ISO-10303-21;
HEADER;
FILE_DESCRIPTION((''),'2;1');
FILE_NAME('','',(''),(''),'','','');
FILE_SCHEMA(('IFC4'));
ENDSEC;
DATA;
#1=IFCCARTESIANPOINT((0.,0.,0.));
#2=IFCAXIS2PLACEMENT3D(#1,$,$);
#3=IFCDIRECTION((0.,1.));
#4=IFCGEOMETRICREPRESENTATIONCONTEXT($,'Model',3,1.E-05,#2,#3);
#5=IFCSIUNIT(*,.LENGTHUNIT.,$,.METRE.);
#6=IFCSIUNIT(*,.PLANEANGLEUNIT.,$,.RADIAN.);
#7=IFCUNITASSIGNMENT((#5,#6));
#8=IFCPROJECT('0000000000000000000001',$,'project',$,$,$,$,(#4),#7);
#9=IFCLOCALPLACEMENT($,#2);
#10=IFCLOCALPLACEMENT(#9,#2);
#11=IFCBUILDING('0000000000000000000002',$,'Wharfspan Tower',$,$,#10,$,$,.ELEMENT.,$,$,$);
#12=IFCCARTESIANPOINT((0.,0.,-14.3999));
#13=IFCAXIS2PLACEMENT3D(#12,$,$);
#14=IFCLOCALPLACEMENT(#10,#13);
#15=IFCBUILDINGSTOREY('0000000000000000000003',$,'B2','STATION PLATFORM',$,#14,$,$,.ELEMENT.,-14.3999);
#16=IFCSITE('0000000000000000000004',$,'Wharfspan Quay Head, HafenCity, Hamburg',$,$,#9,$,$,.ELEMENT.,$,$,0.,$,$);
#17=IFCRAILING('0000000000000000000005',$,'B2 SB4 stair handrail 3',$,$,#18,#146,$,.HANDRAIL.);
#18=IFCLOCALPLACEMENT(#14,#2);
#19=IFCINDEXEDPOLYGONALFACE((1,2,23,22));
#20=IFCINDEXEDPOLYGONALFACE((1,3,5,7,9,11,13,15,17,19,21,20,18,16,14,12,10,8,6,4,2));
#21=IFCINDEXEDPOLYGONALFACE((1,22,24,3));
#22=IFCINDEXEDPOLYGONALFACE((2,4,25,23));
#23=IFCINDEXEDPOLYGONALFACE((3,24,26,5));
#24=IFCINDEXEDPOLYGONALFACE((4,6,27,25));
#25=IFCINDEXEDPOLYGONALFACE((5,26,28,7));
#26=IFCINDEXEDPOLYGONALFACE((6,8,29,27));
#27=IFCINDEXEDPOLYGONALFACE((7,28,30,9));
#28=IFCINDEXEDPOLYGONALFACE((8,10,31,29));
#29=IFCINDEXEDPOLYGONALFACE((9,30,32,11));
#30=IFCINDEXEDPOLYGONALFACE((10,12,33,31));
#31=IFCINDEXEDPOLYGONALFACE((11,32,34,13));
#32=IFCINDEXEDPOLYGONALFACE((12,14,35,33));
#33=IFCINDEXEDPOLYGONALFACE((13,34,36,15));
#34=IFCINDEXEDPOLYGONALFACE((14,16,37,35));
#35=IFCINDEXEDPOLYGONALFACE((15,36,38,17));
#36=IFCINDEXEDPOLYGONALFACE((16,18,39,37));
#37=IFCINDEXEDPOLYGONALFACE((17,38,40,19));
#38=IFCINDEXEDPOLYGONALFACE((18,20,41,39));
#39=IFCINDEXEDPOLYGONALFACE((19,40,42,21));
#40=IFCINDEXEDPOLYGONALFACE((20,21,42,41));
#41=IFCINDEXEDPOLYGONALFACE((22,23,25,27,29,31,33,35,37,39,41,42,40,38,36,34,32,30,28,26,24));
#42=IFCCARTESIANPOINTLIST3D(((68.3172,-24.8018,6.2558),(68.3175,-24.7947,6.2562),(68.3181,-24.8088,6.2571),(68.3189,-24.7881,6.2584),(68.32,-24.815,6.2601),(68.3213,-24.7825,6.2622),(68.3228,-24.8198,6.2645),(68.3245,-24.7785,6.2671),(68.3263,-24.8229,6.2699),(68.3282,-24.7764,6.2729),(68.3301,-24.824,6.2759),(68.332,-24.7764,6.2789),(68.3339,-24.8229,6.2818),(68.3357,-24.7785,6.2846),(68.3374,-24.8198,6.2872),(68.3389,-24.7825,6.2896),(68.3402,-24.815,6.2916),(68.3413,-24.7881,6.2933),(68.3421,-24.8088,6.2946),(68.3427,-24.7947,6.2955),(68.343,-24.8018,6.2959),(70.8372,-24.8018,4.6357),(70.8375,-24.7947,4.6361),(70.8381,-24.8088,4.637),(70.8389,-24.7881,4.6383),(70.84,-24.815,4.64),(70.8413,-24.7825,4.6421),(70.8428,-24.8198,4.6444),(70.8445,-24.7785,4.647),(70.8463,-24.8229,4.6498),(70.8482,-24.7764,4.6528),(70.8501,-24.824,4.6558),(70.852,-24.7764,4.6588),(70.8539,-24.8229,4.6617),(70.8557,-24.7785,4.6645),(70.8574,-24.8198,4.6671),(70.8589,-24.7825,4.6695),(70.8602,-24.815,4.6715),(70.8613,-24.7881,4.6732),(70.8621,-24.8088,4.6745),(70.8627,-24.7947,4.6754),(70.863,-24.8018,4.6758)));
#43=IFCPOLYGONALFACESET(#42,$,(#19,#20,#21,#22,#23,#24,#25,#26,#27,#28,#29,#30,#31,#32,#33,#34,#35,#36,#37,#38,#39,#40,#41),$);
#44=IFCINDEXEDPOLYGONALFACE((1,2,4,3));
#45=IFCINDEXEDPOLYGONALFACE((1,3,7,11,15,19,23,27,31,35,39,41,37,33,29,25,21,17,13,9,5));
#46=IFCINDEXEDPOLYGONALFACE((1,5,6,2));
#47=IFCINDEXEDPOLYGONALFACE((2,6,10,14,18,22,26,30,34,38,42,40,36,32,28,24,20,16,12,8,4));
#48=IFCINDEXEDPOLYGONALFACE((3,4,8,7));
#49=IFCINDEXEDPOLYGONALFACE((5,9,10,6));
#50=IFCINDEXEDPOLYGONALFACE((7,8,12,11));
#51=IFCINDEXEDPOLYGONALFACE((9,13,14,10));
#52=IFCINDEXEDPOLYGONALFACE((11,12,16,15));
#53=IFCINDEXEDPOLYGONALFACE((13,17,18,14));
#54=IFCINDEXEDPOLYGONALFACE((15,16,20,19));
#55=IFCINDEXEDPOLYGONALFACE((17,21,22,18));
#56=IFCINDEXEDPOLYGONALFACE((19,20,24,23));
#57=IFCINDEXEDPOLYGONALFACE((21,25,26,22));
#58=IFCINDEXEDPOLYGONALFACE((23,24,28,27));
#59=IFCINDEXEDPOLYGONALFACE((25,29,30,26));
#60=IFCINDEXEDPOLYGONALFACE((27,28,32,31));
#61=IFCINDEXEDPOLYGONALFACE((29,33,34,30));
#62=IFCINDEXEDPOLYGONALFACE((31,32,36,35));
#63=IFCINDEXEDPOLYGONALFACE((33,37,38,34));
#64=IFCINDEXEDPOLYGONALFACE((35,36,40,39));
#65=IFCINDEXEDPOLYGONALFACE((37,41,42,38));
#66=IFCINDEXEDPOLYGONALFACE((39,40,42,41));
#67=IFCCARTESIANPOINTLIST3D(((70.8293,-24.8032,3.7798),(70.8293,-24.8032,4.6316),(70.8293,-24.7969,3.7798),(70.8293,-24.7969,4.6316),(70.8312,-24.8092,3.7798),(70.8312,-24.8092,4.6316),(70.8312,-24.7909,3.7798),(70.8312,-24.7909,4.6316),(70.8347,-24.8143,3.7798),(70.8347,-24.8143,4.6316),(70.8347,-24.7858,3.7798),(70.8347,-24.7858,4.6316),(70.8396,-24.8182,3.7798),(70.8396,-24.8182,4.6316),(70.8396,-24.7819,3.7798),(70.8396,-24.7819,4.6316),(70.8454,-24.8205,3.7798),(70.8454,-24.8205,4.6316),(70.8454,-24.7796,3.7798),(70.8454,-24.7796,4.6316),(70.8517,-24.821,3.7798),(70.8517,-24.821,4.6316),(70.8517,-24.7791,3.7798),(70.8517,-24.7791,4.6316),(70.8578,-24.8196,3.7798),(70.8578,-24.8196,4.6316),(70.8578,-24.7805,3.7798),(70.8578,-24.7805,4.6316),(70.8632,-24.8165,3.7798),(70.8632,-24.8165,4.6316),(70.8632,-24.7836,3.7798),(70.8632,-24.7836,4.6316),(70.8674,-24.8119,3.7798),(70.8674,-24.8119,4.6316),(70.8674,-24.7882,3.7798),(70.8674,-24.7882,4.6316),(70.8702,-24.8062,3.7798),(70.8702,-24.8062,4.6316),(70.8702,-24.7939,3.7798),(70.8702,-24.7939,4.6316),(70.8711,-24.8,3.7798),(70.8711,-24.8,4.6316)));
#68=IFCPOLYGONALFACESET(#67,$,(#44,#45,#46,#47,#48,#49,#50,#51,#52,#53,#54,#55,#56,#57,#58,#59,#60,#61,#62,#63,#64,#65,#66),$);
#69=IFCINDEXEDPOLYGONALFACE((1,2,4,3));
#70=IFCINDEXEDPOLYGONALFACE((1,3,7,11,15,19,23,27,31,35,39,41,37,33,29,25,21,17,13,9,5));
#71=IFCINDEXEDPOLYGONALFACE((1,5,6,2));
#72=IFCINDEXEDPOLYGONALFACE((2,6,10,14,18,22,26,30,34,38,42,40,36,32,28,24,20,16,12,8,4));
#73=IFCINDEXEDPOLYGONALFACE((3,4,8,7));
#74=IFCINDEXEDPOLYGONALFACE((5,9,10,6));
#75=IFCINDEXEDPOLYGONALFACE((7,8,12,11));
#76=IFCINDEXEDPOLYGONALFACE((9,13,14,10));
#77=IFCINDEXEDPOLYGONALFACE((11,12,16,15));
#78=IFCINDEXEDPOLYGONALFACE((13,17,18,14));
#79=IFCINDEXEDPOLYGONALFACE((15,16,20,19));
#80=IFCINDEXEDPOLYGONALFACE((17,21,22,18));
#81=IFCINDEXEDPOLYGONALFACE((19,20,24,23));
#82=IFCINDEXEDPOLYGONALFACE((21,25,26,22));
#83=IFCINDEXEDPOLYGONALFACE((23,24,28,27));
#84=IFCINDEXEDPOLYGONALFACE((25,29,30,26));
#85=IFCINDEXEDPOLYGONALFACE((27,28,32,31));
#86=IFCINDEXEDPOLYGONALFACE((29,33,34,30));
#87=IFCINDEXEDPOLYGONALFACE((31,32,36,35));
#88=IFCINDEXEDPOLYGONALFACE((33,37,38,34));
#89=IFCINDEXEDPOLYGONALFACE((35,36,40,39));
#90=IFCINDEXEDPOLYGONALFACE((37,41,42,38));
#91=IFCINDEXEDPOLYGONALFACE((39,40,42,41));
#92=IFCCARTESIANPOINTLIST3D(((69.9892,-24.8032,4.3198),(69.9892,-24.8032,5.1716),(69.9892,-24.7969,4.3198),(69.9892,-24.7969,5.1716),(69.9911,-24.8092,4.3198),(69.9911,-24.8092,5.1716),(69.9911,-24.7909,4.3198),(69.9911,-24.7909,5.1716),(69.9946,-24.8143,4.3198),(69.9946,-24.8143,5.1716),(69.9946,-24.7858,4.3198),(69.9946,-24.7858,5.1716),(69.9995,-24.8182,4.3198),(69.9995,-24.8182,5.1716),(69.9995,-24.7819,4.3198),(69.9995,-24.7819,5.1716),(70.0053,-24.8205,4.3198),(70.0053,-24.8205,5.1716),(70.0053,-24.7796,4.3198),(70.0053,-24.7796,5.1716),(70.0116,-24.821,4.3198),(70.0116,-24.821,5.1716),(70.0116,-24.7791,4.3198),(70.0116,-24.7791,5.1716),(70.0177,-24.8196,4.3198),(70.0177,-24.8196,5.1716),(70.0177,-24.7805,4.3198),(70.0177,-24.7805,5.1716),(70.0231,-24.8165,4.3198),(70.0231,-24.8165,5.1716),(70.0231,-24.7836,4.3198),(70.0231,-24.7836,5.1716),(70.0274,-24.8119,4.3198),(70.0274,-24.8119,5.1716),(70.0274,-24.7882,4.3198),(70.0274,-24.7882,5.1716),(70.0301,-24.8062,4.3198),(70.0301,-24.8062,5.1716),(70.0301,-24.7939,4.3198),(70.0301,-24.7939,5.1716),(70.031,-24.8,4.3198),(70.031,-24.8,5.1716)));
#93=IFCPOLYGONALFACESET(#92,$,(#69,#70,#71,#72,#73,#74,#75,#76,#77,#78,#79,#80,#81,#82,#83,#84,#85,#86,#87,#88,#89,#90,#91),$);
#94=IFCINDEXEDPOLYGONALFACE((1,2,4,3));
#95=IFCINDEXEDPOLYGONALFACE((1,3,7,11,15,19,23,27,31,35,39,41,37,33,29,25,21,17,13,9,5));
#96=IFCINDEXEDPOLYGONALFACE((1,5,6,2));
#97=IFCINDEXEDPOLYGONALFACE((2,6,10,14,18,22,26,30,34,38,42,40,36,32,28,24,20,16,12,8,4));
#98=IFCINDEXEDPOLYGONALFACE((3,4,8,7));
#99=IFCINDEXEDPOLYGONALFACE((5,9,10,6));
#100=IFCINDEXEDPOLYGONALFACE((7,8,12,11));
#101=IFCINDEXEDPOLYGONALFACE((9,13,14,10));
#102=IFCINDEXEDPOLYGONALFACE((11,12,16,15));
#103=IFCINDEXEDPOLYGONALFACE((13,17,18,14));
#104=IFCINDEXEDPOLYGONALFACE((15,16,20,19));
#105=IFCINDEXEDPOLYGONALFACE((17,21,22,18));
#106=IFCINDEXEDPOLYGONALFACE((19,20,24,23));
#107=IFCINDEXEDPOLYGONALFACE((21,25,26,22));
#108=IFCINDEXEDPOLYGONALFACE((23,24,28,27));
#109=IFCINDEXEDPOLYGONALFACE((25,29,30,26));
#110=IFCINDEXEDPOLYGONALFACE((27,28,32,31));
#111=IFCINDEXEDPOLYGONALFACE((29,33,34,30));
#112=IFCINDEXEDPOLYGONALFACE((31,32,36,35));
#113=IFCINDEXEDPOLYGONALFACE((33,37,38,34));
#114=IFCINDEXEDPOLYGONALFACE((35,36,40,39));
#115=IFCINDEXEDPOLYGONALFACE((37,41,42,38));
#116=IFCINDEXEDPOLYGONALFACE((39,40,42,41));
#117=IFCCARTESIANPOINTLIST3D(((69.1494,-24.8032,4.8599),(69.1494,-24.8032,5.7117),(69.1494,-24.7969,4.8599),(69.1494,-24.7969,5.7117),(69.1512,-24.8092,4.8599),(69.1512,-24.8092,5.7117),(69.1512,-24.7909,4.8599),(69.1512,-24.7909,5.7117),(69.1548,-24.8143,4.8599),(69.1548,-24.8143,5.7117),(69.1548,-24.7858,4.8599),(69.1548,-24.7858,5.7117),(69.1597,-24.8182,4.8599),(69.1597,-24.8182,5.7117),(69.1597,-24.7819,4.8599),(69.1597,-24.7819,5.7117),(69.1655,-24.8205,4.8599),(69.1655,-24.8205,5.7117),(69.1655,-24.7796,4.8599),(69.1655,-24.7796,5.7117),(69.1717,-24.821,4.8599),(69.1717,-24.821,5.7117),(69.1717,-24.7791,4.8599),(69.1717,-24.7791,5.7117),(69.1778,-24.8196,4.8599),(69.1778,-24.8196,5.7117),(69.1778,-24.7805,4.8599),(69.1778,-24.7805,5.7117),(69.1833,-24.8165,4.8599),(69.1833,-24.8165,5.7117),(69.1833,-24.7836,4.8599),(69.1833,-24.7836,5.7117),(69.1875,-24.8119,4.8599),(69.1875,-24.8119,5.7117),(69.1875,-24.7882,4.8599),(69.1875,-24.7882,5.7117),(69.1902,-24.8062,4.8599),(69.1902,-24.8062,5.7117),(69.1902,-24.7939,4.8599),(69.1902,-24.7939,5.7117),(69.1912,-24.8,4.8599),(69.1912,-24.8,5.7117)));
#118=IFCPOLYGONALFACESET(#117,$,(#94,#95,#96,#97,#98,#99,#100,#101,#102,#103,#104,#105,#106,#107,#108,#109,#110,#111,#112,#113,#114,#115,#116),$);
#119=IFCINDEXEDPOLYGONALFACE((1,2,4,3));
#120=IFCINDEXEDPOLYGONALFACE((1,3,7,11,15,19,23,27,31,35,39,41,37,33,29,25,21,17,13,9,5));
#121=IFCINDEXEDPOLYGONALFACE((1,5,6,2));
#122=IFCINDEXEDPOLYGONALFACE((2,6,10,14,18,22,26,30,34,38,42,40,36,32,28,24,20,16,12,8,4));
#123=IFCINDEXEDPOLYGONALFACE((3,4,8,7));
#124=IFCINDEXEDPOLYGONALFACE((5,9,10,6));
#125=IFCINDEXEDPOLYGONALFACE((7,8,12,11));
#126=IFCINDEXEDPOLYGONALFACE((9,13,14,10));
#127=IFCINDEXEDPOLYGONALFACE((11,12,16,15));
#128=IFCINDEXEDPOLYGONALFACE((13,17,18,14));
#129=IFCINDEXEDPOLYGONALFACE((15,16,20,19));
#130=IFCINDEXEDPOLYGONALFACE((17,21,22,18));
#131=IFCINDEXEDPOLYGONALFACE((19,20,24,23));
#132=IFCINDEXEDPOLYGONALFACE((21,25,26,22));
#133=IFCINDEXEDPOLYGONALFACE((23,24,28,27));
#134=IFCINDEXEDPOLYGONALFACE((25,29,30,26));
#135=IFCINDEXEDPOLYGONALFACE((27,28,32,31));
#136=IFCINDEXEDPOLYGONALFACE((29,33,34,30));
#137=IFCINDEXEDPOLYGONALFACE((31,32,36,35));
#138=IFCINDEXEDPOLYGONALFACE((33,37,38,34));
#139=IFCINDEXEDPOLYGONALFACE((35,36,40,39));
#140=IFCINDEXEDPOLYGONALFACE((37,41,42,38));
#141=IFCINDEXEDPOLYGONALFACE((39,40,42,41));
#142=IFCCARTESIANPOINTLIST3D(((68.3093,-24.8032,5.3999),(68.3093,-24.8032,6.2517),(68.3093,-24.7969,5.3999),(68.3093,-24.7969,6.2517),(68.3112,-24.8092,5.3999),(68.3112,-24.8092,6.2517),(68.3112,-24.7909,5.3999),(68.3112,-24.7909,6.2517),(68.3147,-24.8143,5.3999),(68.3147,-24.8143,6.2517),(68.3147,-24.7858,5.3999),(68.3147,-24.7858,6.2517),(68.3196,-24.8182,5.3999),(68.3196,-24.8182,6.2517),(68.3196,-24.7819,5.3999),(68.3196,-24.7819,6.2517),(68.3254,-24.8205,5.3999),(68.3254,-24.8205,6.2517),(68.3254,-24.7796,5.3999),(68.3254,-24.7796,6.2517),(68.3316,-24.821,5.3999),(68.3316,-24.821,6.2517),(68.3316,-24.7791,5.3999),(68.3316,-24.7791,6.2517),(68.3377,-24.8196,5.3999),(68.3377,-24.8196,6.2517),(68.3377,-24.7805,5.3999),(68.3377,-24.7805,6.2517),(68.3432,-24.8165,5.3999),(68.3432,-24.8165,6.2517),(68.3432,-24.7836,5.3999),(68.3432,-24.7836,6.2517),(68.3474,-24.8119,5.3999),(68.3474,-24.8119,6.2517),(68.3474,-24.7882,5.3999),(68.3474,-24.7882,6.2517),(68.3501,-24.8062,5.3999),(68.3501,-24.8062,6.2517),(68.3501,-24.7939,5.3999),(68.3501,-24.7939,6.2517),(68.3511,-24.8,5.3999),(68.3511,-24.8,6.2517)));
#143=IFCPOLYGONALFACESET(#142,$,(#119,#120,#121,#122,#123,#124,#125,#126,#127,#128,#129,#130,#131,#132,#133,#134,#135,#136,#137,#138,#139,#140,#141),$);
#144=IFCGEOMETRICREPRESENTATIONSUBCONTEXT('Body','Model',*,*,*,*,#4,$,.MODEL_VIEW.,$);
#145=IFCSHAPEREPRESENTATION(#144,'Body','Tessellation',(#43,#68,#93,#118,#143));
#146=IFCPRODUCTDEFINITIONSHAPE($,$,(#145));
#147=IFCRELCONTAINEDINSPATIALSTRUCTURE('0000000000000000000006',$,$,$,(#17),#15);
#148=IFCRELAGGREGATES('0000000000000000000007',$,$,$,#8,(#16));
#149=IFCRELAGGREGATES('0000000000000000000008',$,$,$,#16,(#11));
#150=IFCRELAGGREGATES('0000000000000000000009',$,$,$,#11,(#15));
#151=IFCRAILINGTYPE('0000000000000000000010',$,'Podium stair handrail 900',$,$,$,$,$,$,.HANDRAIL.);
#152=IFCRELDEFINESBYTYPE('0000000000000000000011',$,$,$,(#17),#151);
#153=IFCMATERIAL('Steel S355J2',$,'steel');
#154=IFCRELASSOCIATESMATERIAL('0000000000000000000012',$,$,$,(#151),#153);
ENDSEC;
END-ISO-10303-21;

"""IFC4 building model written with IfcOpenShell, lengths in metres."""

from ifc_helpers import new_model, si_unit, direction, frame, origin, origin_2d, place, context, subcontext, project, spatial, circle, extrude, material, type_object, element, save


model = new_model("IFC4")

# Units and contexts
model_context = context("Model", 3, precision=1e-05, world=origin(), true_north=direction((0.0, 1.0)))
body_context = subcontext(model_context, "Body", "Model", "MODEL_VIEW")
ifc_project = project(units=[si_unit("LENGTHUNIT", "METRE"), si_unit("PLANEANGLEUNIT", "RADIAN")], contexts=[model_context])

# Site, building, storey
site_placement = place(None, origin())
site = spatial("IfcSite", under=ifc_project, at=site_placement, Name="Wharfspan Quay Head, HafenCity, Hamburg", CompositionType="ELEMENT", RefElevation=0.0)
building_placement = place(site_placement, origin())
building = spatial("IfcBuilding", under=site, at=building_placement, Name="Wharfspan Tower", CompositionType="ELEMENT")
storey_placement = place(building_placement, frame((0.0, 0.0, -14.3999)))
storey = spatial("IfcBuildingStorey", under=building, at=storey_placement, Name="B2", Description="STATION PLATFORM", CompositionType="ELEMENT", Elevation=-14.3999)

# Railing
ifc_material_1 = material(Name="Steel S355J2", Category="steel")
railing_type_1 = type_object("IfcRailingType", Name="Podium stair handrail 900", PredefinedType="HANDRAIL", material=ifc_material_1)
railing_1_placement = place(storey_placement, frame((70.8501, -24.8, 3.7798)))
element("IfcRailing", 1, at=railing_1_placement, inside=storey, type_object=railing_type_1, Name="B2 SB4 stair handrail 3", PredefinedType="HANDRAIL", context=body_context, shape_type="SweptSolid", body=[
    extrude(circle(Radius=0.0239, at=origin_2d()), frame((0.0, 0.0, 0.876), z_axis=(-0.841163, 0.0, 0.540782), x_axis=(0.0, -1.0, 0.0)), (0.0, 0.0, 1.0), 2.9958),
    extrude(circle(Radius=0.021, at=origin_2d()), origin(), (0.0, 0.0, 1.0), 0.8518),
    extrude(circle(Radius=0.021, at=origin_2d()), frame((-0.8401, 0.0, 0.54)), (0.0, 0.0, 1.0), 0.8518),
    extrude(circle(Radius=0.021, at=origin_2d()), frame((-1.6799, 0.0, 1.0801)), (0.0, 0.0, 1.0), 0.8518),
    extrude(circle(Radius=0.021, at=origin_2d()), frame((-2.52, 0.0, 1.6201)), (0.0, 0.0, 1.0), 0.8518),
])

save(model, "model.ifc")
